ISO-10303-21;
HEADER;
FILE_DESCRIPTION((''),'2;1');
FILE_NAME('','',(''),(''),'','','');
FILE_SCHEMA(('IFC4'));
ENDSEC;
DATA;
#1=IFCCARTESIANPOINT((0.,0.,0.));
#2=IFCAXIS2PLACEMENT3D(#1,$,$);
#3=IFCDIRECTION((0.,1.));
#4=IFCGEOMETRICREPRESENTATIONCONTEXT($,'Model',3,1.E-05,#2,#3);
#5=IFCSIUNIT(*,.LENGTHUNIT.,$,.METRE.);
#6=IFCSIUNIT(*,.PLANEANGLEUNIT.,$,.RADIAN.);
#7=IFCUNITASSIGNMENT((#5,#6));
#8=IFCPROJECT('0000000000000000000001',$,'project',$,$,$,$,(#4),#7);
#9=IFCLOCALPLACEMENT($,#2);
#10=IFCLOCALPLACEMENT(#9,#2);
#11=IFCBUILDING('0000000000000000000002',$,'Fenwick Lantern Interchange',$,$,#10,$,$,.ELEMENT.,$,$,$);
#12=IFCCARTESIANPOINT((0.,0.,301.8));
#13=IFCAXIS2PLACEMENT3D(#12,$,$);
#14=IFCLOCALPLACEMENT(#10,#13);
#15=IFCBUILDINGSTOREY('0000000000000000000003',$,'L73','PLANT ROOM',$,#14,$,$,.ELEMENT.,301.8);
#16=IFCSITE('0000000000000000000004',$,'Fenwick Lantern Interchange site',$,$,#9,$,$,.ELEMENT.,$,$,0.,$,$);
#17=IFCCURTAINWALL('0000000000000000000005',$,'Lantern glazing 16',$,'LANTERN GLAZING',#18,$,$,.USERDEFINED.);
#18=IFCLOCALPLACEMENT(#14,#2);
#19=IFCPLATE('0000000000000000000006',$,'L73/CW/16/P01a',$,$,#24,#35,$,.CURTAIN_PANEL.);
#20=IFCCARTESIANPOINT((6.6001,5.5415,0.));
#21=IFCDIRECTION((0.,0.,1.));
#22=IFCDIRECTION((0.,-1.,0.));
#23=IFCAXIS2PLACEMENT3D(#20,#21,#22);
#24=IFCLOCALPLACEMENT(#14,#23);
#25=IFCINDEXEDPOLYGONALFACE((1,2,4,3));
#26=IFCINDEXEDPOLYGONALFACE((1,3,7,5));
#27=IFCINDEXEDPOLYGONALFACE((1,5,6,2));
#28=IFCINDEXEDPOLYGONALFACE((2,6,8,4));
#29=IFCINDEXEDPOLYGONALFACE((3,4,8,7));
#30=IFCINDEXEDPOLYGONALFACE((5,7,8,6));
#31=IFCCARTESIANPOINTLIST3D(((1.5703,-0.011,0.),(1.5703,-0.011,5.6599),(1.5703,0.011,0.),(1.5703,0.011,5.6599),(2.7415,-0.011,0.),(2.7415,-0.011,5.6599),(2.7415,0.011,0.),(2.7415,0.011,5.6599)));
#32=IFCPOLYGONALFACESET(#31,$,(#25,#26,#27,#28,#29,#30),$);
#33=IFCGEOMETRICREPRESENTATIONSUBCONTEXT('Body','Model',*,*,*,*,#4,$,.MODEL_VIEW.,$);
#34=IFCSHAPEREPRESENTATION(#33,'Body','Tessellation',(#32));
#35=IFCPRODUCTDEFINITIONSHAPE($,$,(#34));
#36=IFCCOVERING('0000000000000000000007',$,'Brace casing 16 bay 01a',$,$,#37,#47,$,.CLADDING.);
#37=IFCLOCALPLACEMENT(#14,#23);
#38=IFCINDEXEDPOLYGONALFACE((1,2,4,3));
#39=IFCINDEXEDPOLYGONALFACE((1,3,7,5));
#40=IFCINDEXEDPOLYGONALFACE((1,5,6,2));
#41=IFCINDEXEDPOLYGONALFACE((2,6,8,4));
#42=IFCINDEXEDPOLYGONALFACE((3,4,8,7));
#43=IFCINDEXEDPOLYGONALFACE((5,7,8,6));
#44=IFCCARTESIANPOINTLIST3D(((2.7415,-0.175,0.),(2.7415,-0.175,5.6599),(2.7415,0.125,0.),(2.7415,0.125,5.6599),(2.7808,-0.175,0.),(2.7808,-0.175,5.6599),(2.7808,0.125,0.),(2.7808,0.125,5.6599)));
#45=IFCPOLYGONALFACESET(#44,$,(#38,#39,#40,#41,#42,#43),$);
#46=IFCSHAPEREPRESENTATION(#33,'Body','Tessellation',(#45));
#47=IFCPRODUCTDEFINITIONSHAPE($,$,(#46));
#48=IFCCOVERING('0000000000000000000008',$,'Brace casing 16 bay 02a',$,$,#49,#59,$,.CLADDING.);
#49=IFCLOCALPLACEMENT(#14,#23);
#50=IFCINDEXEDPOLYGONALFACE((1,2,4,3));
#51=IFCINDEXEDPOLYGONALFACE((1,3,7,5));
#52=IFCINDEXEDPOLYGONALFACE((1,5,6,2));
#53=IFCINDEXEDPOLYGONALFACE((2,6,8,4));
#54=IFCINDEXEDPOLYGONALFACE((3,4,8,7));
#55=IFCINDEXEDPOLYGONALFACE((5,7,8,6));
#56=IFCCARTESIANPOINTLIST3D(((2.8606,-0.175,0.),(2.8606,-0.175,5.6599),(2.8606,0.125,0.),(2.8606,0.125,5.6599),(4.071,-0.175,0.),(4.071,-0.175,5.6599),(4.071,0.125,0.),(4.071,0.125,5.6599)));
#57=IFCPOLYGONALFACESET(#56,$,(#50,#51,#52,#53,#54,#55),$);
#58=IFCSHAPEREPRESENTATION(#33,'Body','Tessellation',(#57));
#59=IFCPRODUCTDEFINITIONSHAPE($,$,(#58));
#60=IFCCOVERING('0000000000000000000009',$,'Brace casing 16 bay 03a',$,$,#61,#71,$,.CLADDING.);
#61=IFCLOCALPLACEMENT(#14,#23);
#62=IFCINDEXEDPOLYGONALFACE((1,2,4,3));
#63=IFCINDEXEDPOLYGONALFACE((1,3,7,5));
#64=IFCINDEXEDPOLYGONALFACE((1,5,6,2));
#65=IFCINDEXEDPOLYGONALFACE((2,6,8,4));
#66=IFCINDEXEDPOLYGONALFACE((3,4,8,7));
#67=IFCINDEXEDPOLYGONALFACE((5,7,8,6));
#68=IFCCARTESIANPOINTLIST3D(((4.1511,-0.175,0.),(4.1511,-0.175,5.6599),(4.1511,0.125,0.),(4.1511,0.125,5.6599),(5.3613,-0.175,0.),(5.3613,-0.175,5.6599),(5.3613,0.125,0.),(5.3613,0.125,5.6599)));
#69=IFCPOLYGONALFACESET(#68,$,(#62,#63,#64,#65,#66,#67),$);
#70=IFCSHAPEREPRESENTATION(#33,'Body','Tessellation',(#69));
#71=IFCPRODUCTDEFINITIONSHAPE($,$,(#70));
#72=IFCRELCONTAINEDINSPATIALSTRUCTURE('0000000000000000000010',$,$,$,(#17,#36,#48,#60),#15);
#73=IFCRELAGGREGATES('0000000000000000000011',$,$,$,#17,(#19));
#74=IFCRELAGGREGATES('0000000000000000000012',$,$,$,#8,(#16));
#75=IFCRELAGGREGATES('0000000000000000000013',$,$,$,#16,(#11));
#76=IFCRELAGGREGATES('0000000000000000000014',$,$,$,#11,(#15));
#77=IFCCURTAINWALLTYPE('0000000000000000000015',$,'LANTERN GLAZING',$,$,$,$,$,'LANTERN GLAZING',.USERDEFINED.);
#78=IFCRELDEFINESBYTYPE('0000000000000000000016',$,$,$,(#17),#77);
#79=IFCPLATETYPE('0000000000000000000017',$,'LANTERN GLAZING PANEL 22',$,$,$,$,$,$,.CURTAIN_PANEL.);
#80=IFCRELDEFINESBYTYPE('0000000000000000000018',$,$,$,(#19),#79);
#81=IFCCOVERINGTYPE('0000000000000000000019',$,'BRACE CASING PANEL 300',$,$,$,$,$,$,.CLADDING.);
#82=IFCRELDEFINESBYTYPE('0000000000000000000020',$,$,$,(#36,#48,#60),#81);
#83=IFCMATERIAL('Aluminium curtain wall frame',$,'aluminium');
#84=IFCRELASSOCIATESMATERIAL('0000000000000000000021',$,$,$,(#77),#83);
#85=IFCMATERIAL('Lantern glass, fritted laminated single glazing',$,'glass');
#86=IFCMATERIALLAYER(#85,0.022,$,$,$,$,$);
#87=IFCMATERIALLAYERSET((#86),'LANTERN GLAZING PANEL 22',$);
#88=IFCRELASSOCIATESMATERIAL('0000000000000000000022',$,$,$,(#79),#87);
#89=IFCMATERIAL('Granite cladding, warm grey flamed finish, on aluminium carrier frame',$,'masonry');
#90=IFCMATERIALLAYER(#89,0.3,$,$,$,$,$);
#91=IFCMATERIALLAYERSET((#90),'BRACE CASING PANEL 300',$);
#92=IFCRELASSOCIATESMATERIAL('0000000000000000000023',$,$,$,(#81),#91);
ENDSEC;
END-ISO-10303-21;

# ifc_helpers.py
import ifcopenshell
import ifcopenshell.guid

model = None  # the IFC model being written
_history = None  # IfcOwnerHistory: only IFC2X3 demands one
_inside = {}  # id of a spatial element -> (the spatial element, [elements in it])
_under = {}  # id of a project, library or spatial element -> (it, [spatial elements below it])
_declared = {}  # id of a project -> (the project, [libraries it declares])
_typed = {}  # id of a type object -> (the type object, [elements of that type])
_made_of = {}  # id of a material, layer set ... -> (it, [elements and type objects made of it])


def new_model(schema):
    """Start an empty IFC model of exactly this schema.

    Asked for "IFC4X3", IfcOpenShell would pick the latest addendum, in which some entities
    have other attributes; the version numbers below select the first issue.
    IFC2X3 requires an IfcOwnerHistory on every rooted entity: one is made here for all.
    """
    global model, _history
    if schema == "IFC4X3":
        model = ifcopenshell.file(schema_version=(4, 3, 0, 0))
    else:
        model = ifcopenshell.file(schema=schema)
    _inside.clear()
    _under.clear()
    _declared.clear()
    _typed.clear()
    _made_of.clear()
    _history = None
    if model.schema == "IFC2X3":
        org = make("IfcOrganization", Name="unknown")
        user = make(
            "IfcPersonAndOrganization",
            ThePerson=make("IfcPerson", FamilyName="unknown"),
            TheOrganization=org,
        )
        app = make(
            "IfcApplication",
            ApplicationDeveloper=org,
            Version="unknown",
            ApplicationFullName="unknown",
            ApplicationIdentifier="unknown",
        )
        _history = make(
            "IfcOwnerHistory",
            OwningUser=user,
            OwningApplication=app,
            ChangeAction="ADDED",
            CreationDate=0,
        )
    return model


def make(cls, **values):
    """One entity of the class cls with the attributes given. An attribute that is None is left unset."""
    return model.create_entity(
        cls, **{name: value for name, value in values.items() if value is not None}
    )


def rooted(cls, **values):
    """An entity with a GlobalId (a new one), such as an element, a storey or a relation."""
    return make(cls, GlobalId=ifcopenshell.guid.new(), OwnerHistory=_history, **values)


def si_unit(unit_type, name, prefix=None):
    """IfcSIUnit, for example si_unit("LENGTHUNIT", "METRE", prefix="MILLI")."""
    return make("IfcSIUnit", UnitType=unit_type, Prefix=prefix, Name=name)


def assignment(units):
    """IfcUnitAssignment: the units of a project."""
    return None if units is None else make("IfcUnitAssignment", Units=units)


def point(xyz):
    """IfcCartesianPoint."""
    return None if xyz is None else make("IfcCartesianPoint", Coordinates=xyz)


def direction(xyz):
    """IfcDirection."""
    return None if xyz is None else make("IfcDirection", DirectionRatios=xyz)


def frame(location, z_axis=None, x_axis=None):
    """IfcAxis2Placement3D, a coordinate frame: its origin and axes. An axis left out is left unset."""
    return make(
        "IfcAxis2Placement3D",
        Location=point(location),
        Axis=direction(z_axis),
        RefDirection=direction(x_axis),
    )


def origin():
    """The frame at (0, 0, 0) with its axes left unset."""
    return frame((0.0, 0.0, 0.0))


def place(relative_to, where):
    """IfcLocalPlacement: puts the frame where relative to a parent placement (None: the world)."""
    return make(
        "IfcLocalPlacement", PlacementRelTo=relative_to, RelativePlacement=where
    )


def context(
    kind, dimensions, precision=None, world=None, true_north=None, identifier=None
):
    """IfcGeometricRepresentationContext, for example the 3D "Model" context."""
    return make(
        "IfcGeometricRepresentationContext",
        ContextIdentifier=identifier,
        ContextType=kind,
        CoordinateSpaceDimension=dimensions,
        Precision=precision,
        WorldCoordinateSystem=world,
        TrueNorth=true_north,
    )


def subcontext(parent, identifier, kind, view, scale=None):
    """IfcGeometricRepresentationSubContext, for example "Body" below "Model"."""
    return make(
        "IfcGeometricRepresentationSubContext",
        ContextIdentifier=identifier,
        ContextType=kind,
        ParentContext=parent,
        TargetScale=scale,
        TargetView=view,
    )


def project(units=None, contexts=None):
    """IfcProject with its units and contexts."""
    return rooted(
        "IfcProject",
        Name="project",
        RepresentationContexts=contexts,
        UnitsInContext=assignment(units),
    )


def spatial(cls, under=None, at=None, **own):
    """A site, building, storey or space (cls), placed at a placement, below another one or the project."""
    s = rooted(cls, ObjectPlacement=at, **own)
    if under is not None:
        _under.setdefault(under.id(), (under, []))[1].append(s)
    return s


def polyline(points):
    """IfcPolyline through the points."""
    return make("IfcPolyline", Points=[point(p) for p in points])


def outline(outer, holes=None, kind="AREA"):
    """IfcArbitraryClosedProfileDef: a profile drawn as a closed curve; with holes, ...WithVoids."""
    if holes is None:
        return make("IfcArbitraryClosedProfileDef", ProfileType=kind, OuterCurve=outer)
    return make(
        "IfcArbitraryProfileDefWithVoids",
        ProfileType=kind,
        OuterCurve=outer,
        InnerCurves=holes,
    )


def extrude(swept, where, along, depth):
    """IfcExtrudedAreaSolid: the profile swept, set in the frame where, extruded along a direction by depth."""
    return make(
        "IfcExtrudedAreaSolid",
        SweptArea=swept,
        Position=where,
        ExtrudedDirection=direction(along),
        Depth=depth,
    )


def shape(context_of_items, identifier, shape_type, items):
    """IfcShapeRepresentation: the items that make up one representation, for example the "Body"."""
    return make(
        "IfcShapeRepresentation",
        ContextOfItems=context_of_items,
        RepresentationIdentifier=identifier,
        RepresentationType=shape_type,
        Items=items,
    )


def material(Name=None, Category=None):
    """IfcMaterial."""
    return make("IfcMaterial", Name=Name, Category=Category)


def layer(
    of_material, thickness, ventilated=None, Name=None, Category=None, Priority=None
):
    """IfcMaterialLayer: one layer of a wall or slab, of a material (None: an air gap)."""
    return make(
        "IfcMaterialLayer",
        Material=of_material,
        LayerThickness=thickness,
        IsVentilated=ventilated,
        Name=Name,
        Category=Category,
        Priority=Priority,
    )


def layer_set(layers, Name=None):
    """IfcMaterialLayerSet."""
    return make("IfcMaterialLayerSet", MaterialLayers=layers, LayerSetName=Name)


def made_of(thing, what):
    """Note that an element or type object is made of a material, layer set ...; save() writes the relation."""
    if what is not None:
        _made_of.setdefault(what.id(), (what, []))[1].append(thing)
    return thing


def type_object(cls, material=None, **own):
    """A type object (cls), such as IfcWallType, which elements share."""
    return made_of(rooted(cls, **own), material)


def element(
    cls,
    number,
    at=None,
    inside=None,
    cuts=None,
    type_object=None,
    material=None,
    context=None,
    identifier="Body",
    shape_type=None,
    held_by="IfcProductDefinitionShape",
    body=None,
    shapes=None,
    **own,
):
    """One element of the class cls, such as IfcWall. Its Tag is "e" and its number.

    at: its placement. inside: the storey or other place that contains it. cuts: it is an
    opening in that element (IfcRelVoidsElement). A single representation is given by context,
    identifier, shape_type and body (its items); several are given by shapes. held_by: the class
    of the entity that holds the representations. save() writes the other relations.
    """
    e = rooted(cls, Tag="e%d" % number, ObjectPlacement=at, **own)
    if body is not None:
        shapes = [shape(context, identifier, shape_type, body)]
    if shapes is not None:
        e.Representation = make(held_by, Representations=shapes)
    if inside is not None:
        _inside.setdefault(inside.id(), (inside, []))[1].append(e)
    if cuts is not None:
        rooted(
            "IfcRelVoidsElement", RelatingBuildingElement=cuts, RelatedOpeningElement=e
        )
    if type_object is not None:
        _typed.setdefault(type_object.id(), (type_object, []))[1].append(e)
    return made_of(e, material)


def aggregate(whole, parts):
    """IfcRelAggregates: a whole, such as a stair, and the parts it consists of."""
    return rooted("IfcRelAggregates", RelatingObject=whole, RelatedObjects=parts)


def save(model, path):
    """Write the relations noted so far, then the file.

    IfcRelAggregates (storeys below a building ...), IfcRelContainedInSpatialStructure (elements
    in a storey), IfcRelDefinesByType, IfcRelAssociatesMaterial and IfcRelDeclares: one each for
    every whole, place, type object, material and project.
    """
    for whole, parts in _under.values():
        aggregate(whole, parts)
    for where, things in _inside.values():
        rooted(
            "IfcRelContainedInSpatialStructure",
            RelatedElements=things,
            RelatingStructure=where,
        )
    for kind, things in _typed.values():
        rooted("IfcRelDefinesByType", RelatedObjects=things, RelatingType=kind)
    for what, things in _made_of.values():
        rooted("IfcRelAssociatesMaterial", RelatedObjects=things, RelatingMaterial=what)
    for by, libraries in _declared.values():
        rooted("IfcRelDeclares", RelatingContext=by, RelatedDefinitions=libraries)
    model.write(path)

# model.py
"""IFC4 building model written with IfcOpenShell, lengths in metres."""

from ifc_helpers import new_model, si_unit, direction, frame, origin, place, context, subcontext, project, spatial, polyline, outline, extrude, material, layer, layer_set, type_object, element, aggregate, save


model = new_model("IFC4")

# Units and contexts
model_context = context("Model", 3, precision=1e-05, world=origin(), true_north=direction((0.0, 1.0)))
body_context = subcontext(model_context, "Body", "Model", "MODEL_VIEW")
ifc_project = project(units=[si_unit("LENGTHUNIT", "METRE"), si_unit("PLANEANGLEUNIT", "RADIAN")], contexts=[model_context])

# Site, building, storey
site_placement = place(None, origin())
site = spatial("IfcSite", under=ifc_project, at=site_placement, Name="Fenwick Lantern Interchange site", CompositionType="ELEMENT", RefElevation=0.0)
building_placement = place(site_placement, origin())
building = spatial("IfcBuilding", under=site, at=building_placement, Name="Fenwick Lantern Interchange", CompositionType="ELEMENT")
storey_placement = place(building_placement, frame((0.0, 0.0, 301.8)))
storey = spatial("IfcBuildingStorey", under=building, at=storey_placement, Name="L73", Description="PLANT ROOM", CompositionType="ELEMENT", Elevation=301.8)

# Curtain wall
ifc_material_1 = material(Name="Aluminium curtain wall frame", Category="aluminium")
curtain_wall_type = type_object("IfcCurtainWallType", Name="LANTERN GLAZING", ElementType="LANTERN GLAZING", PredefinedType="USERDEFINED", material=ifc_material_1)
curtain_wall_placement = place(storey_placement, origin())
curtain_wall = element("IfcCurtainWall", 1, at=curtain_wall_placement, inside=storey, type_object=curtain_wall_type, Name="Lantern glazing 16", ObjectType="LANTERN GLAZING", PredefinedType="USERDEFINED")

# Plate
ifc_material_2 = material(Name="Lantern glass, fritted laminated single glazing", Category="glass")
ifc_layer_1 = layer(ifc_material_2, 0.022)
ifc_layer_set_1 = layer_set([ifc_layer_1], Name="LANTERN GLAZING PANEL 22")
plate_type = type_object("IfcPlateType", Name="LANTERN GLAZING PANEL 22", PredefinedType="CURTAIN_PANEL", material=ifc_layer_set_1)
plate_1_placement = place(storey_placement, frame((6.6001, 5.5415, 0.0), z_axis=(0.0, 0.0, 1.0), x_axis=(0.0, -1.0, 0.0)))
plate_1 = element("IfcPlate", 2, at=plate_1_placement, type_object=plate_type, Name="L73/CW/16/P01a", PredefinedType="CURTAIN_PANEL", context=body_context, shape_type="SweptSolid", body=[
    extrude(outline(polyline([(1.5703, 0.0), (2.7415, 0.0), (2.7415, 5.6599), (1.5703, 5.6599), (1.5703, 0.0)])), frame((0.0, 0.011, 0.0), z_axis=(0.0, -1.0, 0.0), x_axis=(1.0, 0.0, 0.0)), (0.0, 0.0, 1.0), 0.022),
])
aggregate(curtain_wall, [plate_1])

# Coverings
ifc_material_3 = material(Name="Granite cladding, warm grey flamed finish, on aluminium carrier frame", Category="masonry")
ifc_layer_2 = layer(ifc_material_3, 0.3)
ifc_layer_set_2 = layer_set([ifc_layer_2], Name="BRACE CASING PANEL 300")
covering_type = type_object("IfcCoveringType", Name="BRACE CASING PANEL 300", PredefinedType="CLADDING", material=ifc_layer_set_2)
covering_1_placement = place(storey_placement, frame((6.6001, 5.5415, 0.0), z_axis=(0.0, 0.0, 1.0), x_axis=(0.0, -1.0, 0.0)))
element("IfcCovering", 3, at=covering_1_placement, inside=storey, type_object=covering_type, Name="Brace casing 16 bay 01a", PredefinedType="CLADDING", context=body_context, shape_type="SweptSolid", body=[
    extrude(outline(polyline([(2.7415, 0.0), (2.7808, 0.0), (2.7808, 5.6599), (2.7415, 5.6599), (2.7415, 0.0)])), frame((0.0, 0.125, 0.0), z_axis=(0.0, -1.0, 0.0), x_axis=(1.0, 0.0, 0.0)), (0.0, 0.0, 1.0), 0.3),
])
covering_2_placement = place(storey_placement, frame((6.6001, 5.5415, 0.0), z_axis=(0.0, 0.0, 1.0), x_axis=(0.0, -1.0, 0.0)))
element("IfcCovering", 4, at=covering_2_placement, inside=storey, type_object=covering_type, Name="Brace casing 16 bay 02a", PredefinedType="CLADDING", context=body_context, shape_type="SweptSolid", body=[
    extrude(outline(polyline([(2.8606, 0.0), (4.071, 0.0), (4.071, 5.6599), (2.8606, 5.6599), (2.8606, 0.0)])), frame((0.0, 0.125, 0.0), z_axis=(0.0, -1.0, 0.0), x_axis=(1.0, 0.0, 0.0)), (0.0, 0.0, 1.0), 0.3),
])
covering_3_placement = place(storey_placement, frame((6.6001, 5.5415, 0.0), z_axis=(0.0, 0.0, 1.0), x_axis=(0.0, -1.0, 0.0)))
element("IfcCovering", 5, at=covering_3_placement, inside=storey, type_object=covering_type, Name="Brace casing 16 bay 03a", PredefinedType="CLADDING", context=body_context, shape_type="SweptSolid", body=[
    extrude(outline(polyline([(4.1511, 0.0), (5.3613, 0.0), (5.3613, 5.6599), (4.1511, 5.6599), (4.1511, 0.0)])), frame((0.0, 0.125, 0.0), z_axis=(0.0, -1.0, 0.0), x_axis=(1.0, 0.0, 0.0)), (0.0, 0.0, 1.0), 0.3),
])

save(model, "model.ifc")
